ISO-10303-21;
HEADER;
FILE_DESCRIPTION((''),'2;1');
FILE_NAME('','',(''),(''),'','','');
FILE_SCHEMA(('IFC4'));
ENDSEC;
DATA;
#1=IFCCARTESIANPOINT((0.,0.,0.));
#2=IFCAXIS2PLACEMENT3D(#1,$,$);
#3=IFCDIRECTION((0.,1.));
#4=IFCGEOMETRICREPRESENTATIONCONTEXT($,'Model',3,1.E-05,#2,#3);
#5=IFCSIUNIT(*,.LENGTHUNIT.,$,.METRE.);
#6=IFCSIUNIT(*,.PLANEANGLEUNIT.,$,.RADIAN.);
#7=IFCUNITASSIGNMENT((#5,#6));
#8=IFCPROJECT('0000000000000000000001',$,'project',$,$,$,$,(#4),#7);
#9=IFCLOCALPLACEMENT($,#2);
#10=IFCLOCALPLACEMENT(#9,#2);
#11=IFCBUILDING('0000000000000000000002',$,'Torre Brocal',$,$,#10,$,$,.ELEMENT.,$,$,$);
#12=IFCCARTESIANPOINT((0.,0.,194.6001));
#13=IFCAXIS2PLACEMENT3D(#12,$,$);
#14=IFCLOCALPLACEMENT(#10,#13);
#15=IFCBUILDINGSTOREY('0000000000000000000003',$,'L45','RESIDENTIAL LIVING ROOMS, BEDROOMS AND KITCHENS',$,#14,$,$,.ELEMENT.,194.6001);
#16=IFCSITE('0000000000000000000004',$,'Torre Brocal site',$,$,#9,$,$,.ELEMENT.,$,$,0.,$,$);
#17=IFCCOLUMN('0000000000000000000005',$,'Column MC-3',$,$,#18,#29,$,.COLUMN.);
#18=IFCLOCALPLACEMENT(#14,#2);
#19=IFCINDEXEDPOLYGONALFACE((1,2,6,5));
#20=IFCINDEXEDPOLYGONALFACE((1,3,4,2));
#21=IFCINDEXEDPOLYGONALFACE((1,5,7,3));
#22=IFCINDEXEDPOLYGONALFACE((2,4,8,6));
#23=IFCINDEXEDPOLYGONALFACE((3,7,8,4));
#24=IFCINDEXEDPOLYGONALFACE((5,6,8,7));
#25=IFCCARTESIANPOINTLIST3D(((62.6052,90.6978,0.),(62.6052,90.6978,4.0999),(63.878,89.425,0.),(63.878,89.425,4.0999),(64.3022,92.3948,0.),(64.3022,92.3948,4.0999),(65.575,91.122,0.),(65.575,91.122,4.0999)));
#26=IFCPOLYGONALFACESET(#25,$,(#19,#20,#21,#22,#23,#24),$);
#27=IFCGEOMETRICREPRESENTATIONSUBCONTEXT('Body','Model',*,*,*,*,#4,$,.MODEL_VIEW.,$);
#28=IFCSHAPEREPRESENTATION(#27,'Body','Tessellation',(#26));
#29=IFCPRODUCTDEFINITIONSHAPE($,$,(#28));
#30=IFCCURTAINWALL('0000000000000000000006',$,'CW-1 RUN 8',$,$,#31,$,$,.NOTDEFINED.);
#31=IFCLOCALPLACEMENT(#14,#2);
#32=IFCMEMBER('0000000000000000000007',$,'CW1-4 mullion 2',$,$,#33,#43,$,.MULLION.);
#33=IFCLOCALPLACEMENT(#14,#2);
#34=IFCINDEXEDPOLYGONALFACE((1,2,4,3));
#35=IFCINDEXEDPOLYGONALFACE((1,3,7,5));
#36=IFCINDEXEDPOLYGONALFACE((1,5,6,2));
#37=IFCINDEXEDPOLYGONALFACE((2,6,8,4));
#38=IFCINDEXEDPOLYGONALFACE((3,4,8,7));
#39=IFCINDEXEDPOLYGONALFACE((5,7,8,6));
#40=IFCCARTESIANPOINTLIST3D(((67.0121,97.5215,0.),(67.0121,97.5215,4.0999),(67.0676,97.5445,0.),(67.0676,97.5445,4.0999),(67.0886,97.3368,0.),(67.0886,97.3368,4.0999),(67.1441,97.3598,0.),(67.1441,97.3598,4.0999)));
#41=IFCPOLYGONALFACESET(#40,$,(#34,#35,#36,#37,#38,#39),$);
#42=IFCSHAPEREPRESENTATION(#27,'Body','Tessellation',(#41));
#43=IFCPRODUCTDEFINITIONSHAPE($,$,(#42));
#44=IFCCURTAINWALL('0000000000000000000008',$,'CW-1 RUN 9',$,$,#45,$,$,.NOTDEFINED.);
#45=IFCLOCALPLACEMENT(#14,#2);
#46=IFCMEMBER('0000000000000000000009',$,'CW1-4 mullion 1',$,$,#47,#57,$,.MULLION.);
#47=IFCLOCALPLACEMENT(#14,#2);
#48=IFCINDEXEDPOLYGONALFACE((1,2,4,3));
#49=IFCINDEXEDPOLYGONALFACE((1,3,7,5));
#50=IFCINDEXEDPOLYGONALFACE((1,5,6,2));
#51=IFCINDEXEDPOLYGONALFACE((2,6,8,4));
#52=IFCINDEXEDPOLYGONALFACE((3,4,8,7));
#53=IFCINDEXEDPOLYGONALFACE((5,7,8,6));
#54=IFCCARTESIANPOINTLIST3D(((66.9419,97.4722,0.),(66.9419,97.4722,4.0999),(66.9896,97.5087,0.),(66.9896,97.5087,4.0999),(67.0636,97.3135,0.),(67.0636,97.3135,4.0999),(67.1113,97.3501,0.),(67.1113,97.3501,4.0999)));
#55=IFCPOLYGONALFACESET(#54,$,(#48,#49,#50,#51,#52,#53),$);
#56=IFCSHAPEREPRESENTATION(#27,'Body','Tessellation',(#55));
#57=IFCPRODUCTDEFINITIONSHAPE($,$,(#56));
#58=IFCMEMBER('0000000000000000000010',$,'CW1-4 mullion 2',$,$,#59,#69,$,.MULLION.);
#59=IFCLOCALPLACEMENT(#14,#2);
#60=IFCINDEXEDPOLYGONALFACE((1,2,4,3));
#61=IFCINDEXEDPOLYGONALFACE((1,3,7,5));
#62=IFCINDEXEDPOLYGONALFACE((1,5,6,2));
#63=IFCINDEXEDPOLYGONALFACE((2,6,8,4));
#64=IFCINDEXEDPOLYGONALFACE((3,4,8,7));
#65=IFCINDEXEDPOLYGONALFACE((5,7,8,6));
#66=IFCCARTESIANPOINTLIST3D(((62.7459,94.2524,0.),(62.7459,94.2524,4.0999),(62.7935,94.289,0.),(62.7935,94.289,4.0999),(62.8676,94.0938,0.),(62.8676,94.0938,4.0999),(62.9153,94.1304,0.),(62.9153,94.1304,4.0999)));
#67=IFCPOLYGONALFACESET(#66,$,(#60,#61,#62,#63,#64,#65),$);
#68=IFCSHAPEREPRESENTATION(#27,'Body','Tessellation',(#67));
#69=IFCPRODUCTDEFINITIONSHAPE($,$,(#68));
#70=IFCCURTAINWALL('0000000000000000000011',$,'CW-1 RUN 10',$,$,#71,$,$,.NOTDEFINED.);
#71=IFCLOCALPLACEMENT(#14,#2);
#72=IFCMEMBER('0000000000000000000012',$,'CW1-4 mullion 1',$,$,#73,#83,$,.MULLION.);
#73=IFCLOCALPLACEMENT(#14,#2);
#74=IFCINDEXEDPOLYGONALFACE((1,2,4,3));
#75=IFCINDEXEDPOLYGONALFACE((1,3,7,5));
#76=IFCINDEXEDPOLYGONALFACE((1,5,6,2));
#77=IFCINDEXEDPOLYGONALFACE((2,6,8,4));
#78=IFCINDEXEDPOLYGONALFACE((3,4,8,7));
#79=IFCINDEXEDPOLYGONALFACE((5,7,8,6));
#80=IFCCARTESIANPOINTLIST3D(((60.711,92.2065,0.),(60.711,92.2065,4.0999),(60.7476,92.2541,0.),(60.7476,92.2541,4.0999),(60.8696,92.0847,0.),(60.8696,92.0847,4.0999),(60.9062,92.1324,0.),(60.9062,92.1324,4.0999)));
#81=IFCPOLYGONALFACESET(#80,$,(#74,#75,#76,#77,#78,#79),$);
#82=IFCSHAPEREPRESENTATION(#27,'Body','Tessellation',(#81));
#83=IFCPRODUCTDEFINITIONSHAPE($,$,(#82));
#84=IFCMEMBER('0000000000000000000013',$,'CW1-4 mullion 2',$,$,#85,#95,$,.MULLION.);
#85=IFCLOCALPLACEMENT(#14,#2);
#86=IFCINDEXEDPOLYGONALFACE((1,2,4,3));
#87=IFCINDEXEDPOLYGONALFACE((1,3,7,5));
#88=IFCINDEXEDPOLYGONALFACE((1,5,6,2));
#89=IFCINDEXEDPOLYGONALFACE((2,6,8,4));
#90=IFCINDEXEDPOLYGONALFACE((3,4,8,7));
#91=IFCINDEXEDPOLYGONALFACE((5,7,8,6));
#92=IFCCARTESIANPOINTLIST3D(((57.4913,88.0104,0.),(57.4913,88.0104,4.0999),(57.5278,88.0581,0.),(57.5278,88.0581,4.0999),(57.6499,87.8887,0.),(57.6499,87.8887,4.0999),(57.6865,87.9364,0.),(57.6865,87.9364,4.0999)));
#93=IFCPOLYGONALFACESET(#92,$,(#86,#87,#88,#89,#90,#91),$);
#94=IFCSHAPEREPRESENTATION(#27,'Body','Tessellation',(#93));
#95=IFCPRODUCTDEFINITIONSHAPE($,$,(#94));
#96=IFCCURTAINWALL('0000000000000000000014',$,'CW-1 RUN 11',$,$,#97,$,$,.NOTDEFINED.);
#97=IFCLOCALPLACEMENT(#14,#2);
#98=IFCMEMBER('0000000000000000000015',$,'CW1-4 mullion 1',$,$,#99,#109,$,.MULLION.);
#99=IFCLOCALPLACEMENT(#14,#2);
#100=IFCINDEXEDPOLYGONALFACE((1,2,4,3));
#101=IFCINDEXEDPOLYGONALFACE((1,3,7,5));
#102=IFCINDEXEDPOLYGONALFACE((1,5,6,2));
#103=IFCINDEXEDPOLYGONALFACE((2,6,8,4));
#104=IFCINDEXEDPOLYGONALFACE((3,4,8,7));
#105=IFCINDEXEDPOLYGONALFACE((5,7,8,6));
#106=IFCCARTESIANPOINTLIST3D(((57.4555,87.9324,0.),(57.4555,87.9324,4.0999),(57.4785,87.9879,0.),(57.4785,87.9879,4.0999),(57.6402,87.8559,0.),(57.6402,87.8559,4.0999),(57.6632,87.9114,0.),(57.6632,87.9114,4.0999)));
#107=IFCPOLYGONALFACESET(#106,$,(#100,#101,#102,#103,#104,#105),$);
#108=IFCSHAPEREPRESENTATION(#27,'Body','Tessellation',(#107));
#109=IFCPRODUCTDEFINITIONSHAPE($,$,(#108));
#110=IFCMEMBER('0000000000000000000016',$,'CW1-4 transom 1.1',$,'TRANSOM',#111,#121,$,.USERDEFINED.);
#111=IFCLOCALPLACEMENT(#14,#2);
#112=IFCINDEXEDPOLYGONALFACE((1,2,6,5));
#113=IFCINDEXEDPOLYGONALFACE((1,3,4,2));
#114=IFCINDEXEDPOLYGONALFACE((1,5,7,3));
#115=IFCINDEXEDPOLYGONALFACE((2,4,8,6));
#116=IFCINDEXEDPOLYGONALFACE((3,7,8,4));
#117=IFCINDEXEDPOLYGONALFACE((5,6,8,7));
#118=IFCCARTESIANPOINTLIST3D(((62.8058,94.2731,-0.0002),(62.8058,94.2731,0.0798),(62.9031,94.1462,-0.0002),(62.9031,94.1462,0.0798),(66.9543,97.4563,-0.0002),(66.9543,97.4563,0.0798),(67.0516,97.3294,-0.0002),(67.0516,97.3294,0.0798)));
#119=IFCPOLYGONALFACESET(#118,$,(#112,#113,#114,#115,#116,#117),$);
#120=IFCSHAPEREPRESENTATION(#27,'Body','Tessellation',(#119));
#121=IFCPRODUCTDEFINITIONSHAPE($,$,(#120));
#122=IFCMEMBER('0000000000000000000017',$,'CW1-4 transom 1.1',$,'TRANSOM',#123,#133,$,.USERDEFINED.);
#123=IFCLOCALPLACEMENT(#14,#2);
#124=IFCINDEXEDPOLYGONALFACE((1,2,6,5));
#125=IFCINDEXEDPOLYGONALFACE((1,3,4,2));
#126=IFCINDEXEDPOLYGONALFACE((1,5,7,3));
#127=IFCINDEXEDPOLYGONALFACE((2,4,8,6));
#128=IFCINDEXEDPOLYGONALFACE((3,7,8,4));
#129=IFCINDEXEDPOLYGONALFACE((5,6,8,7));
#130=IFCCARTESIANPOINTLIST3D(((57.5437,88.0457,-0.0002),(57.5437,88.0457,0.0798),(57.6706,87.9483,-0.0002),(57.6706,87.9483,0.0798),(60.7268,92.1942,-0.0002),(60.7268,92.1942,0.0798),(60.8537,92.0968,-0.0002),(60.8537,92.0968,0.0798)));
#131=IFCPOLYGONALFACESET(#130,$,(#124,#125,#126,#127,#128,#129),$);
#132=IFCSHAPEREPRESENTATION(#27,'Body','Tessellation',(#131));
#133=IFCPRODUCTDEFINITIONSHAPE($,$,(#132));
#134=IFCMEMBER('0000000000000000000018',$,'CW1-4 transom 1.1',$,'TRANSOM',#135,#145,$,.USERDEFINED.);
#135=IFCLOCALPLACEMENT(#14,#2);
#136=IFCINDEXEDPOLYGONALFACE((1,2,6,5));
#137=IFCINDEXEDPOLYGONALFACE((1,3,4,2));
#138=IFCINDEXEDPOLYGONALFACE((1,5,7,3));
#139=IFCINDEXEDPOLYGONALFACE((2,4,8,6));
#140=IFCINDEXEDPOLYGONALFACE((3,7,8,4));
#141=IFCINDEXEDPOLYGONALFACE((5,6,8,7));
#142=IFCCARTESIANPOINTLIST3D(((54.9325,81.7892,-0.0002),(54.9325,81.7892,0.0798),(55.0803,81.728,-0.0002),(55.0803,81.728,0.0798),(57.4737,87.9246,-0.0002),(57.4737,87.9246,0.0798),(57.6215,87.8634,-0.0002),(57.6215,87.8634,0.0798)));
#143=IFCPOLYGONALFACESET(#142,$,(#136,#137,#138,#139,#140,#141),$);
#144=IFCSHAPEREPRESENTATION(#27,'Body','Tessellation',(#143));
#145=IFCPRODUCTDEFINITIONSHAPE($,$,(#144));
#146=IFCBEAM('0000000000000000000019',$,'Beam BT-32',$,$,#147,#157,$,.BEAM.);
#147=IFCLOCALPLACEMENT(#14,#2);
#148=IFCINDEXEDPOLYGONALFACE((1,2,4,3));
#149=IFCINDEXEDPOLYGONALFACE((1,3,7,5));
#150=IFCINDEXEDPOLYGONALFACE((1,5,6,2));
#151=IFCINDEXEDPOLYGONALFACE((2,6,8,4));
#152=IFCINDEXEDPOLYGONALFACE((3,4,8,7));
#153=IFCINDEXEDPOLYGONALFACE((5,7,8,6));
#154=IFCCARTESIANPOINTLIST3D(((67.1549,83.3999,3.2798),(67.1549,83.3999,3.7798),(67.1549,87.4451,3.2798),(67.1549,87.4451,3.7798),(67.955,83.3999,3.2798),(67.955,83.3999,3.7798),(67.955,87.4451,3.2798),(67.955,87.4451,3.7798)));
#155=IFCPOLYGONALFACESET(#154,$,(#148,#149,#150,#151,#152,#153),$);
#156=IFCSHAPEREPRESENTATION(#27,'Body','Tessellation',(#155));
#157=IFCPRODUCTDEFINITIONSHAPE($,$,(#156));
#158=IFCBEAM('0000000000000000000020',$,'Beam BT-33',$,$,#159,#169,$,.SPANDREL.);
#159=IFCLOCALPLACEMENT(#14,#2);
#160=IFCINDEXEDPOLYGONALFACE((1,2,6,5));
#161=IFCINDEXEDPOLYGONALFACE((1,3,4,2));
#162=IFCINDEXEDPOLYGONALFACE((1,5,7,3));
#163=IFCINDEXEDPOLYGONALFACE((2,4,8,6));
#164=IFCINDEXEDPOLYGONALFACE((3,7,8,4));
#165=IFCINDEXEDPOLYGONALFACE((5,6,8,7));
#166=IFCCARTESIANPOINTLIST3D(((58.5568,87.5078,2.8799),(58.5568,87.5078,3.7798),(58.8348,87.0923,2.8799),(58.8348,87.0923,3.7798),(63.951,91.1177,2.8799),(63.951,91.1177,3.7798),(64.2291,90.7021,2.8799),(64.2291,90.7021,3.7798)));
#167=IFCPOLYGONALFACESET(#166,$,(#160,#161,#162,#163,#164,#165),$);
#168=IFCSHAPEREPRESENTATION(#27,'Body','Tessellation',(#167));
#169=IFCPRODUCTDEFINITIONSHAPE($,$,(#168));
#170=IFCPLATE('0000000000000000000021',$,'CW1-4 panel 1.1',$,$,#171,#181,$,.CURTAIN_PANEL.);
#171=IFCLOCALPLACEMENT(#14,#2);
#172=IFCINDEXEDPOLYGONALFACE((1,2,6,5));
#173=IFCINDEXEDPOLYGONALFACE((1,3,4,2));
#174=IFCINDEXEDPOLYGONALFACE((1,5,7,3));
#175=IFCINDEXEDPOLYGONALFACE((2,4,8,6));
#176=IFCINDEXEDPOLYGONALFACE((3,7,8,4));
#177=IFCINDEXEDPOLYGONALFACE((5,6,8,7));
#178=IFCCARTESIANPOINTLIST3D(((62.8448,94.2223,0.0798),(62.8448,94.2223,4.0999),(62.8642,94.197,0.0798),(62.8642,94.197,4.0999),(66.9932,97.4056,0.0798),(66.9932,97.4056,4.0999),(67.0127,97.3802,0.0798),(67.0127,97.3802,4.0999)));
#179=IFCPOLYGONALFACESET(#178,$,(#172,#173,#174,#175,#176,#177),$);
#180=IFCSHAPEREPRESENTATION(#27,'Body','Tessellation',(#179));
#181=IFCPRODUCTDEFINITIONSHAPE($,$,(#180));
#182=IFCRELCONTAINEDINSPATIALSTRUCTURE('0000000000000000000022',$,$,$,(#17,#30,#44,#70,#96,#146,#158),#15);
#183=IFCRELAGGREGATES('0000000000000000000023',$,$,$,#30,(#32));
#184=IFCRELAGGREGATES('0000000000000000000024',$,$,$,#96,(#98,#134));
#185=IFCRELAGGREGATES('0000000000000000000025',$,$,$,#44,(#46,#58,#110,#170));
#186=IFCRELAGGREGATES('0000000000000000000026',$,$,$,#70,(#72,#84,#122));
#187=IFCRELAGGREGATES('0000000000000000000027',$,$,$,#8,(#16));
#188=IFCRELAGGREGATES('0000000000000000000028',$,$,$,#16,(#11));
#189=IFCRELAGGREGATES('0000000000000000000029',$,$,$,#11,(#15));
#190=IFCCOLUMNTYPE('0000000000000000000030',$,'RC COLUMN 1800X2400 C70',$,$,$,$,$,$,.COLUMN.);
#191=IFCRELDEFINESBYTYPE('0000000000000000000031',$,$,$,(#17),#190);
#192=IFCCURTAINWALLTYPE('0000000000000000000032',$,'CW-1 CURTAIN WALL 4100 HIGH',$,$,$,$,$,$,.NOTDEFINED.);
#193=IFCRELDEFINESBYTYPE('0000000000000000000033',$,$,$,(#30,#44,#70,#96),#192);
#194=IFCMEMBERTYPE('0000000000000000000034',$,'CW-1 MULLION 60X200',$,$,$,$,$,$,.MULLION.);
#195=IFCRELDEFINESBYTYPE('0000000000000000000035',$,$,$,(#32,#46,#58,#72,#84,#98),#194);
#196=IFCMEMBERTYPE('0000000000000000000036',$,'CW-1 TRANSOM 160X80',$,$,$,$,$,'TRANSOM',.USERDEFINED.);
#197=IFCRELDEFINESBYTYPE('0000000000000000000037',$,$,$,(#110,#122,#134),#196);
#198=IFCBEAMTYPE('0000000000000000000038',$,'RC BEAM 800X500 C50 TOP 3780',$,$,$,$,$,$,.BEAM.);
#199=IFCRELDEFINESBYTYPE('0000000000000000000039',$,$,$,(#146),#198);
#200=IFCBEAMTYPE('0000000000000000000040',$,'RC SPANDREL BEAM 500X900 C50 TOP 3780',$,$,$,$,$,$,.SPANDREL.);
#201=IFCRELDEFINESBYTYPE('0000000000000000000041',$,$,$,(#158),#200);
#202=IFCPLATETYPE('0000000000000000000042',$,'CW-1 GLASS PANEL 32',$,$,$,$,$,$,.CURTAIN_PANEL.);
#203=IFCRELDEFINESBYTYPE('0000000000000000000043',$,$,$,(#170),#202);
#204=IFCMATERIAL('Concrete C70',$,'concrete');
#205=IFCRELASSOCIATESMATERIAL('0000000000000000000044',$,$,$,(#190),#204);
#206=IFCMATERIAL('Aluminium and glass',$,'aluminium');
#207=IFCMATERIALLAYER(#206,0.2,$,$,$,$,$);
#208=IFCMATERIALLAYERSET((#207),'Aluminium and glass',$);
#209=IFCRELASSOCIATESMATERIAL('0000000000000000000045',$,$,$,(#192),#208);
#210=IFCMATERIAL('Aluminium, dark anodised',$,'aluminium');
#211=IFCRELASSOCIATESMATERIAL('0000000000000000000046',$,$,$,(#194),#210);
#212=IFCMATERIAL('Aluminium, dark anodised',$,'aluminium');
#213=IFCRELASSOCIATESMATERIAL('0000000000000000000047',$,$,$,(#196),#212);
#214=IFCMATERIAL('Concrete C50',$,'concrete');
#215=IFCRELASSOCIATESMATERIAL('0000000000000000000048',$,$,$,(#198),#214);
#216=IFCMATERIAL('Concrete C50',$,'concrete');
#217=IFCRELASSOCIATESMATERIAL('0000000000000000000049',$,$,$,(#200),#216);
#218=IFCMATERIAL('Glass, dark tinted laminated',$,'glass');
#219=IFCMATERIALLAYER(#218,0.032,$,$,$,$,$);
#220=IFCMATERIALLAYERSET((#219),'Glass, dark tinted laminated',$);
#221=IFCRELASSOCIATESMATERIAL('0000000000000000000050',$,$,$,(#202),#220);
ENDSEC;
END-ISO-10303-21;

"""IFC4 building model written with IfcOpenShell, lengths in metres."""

from ifc_helpers import new_model, si_unit, direction, frame, origin, origin_2d, place, context, subcontext, project, spatial, rectangle, extrude, material, layer, layer_set, material_profile, profile_set, type_object, element, aggregate, save


model = new_model("IFC4")

# Units and contexts
model_context = context("Model", 3, precision=1e-05, world=origin(), true_north=direction((0.0, 1.0)))
body_context = subcontext(model_context, "Body", "Model", "MODEL_VIEW")
ifc_project = project(units=[si_unit("LENGTHUNIT", "METRE"), si_unit("PLANEANGLEUNIT", "RADIAN")], contexts=[model_context])

# Site, building, storey
site_placement = place(None, origin())
site = spatial("IfcSite", under=ifc_project, at=site_placement, Name="Torre Brocal site", CompositionType="ELEMENT", RefElevation=0.0)
building_placement = place(site_placement, origin())
building = spatial("IfcBuilding", under=site, at=building_placement, Name="Torre Brocal", CompositionType="ELEMENT")
storey_placement = place(building_placement, frame((0.0, 0.0, 194.6001)))
storey = spatial("IfcBuildingStorey", under=building, at=storey_placement, Name="L45", Description="RESIDENTIAL LIVING ROOMS, BEDROOMS AND KITCHENS", CompositionType="ELEMENT", Elevation=194.6001)

# Column
ifc_material_1 = material(Name="Concrete C70", Category="concrete")
ifc_material_profile_1 = material_profile(ifc_material_1, rectangle(XDim=1.8, YDim=2.3999, at=origin_2d()), Name="RC 1800X2400")
ifc_profile_set_1 = profile_set([ifc_material_profile_1], Name="Concrete C70")
column_type = type_object("IfcColumnType", Name="RC COLUMN 1800X2400 C70", PredefinedType="COLUMN", material=ifc_profile_set_1)
column_placement = place(storey_placement, frame((64.0901, 90.9099, 0.0), z_axis=(0.0, 0.0, 1.0), x_axis=(-0.707107, 0.707107, 0.0)))
element("IfcColumn", 1, at=column_placement, inside=storey, type_object=column_type, Name="Column MC-3", PredefinedType="COLUMN", context=body_context, shape_type="SweptSolid", body=[
    extrude(rectangle(XDim=1.8, YDim=2.3999, at=origin_2d()), origin(), (0.0, 0.0, 1.0), 4.0999),
])

# Curtain wall, member
ifc_material_2 = material(Name="Aluminium and glass", Category="aluminium")
ifc_layer_1 = layer(ifc_material_2, 0.2)
ifc_layer_set_1 = layer_set([ifc_layer_1], Name="Aluminium and glass")
curtain_wall_type = type_object("IfcCurtainWallType", Name="CW-1 CURTAIN WALL 4100 HIGH", PredefinedType="NOTDEFINED", material=ifc_layer_set_1)
curtain_wall_1_placement = place(storey_placement, origin())
curtain_wall_1 = element("IfcCurtainWall", 2, at=curtain_wall_1_placement, inside=storey, type_object=curtain_wall_type, Name="CW-1 RUN 8", PredefinedType="NOTDEFINED")
ifc_material_3 = material(Name="Aluminium, dark anodised", Category="aluminium")
ifc_material_profile_2 = material_profile(ifc_material_3, rectangle(XDim=0.2, YDim=0.0601, at=origin_2d()), Name="CW-1 MULLION 60X200")
ifc_profile_set_2 = profile_set([ifc_material_profile_2], Name="Aluminium, dark anodised")
member_type_1 = type_object("IfcMemberType", Name="CW-1 MULLION 60X200", PredefinedType="MULLION", material=ifc_profile_set_2)
member_1_placement = place(storey_placement, frame((67.0781, 97.4407, 0.0), z_axis=(0.0, 0.0, 1.0), x_axis=(0.382683, -0.92388, 0.0)))
member_1 = element("IfcMember", 3, at=member_1_placement, type_object=member_type_1, Name="CW1-4 mullion 2", PredefinedType="MULLION", context=body_context, shape_type="SweptSolid", body=[
    extrude(rectangle(XDim=0.2, YDim=0.0601, at=origin_2d()), origin(), (0.0, 0.0, 1.0), 4.0999),
])
aggregate(curtain_wall_1, [member_1])

# Curtain walls, members
curtain_wall_2_placement = place(storey_placement, origin())
curtain_wall_2 = element("IfcCurtainWall", 4, at=curtain_wall_2_placement, inside=storey, type_object=curtain_wall_type, Name="CW-1 RUN 9", PredefinedType="NOTDEFINED")
member_2_placement = place(storey_placement, frame((67.0266, 97.4111, 0.0), z_axis=(0.0, 0.0, 1.0), x_axis=(0.608761, -0.793353, 0.0)))
member_2 = element("IfcMember", 5, at=member_2_placement, type_object=member_type_1, Name="CW1-4 mullion 1", PredefinedType="MULLION", context=body_context, shape_type="SweptSolid", body=[
    extrude(rectangle(XDim=0.2, YDim=0.0601, at=origin_2d()), origin(), (0.0, 0.0, 1.0), 4.0999),
])
member_3_placement = place(storey_placement, frame((62.8306, 94.1914, 0.0), z_axis=(0.0, 0.0, 1.0), x_axis=(0.608761, -0.793353, 0.0)))
member_3 = element("IfcMember", 6, at=member_3_placement, type_object=member_type_1, Name="CW1-4 mullion 2", PredefinedType="MULLION", context=body_context, shape_type="SweptSolid", body=[
    extrude(rectangle(XDim=0.2, YDim=0.0601, at=origin_2d()), origin(), (0.0, 0.0, 1.0), 4.0999),
])
curtain_wall_3_placement = place(storey_placement, origin())
curtain_wall_3 = element("IfcCurtainWall", 7, at=curtain_wall_3_placement, inside=storey, type_object=curtain_wall_type, Name="CW-1 RUN 10", PredefinedType="NOTDEFINED")
member_4_placement = place(storey_placement, frame((60.8086, 92.1694, 0.0), z_axis=(0.0, 0.0, 1.0), x_axis=(0.793353, -0.608761, 0.0)))
member_4 = element("IfcMember", 8, at=member_4_placement, type_object=member_type_1, Name="CW1-4 mullion 1", PredefinedType="MULLION", context=body_context, shape_type="SweptSolid", body=[
    extrude(rectangle(XDim=0.2, YDim=0.0601, at=origin_2d()), origin(), (0.0, 0.0, 1.0), 4.0999),
])
member_5_placement = place(storey_placement, frame((57.5889, 87.9734, 0.0), z_axis=(0.0, 0.0, 1.0), x_axis=(0.793353, -0.608761, 0.0)))
member_5 = element("IfcMember", 9, at=member_5_placement, type_object=member_type_1, Name="CW1-4 mullion 2", PredefinedType="MULLION", context=body_context, shape_type="SweptSolid", body=[
    extrude(rectangle(XDim=0.2, YDim=0.0601, at=origin_2d()), origin(), (0.0, 0.0, 1.0), 4.0999),
])

# Curtain wall, member
curtain_wall_4_placement = place(storey_placement, origin())
curtain_wall_4 = element("IfcCurtainWall", 10, at=curtain_wall_4_placement, inside=storey, type_object=curtain_wall_type, Name="CW-1 RUN 11", PredefinedType="NOTDEFINED")
member_6_placement = place(storey_placement, frame((57.5593, 87.9219, 0.0), z_axis=(0.0, 0.0, 1.0), x_axis=(0.92388, -0.382683, 0.0)))
member_6 = element("IfcMember", 11, at=member_6_placement, type_object=member_type_1, Name="CW1-4 mullion 1", PredefinedType="MULLION", context=body_context, shape_type="SweptSolid", body=[
    extrude(rectangle(XDim=0.2, YDim=0.0601, at=origin_2d()), origin(), (0.0, 0.0, 1.0), 4.0999),
])

# Members
ifc_material_4 = material(Name="Aluminium, dark anodised", Category="aluminium")
ifc_material_profile_3 = material_profile(ifc_material_4, rectangle(XDim=0.1599, YDim=0.0801, at=origin_2d()), Name="CW-1 TRANSOM 160X80")
ifc_profile_set_3 = profile_set([ifc_material_profile_3], Name="Aluminium, dark anodised")
member_type_2 = type_object("IfcMemberType", Name="CW-1 TRANSOM 160X80", ElementType="TRANSOM", PredefinedType="USERDEFINED", material=ifc_profile_set_3)
member_7_placement = place(storey_placement, frame((67.0029, 97.3928, 0.0398), z_axis=(-0.793363, -0.608749, 0.0), x_axis=(0.608749, -0.793363, 0.0)))
member_7 = element("IfcMember", 12, at=member_7_placement, type_object=member_type_2, Name="CW1-4 transom 1.1", ObjectType="TRANSOM", PredefinedType="USERDEFINED", context=body_context, shape_type="SweptSolid", body=[
    extrude(rectangle(XDim=0.1599, YDim=0.0801, at=origin_2d()), origin(), (0.0, 0.0, 1.0), 5.229),
])
member_8_placement = place(storey_placement, frame((60.7903, 92.1455, 0.0398), z_axis=(-0.608749, -0.793363, 0.0), x_axis=(0.793363, -0.608749, 0.0)))
member_8 = element("IfcMember", 13, at=member_8_placement, type_object=member_type_2, Name="CW1-4 transom 1.1", ObjectType="TRANSOM", PredefinedType="USERDEFINED", context=body_context, shape_type="SweptSolid", body=[
    extrude(rectangle(XDim=0.1599, YDim=0.0801, at=origin_2d()), origin(), (0.0, 0.0, 1.0), 5.229),
])
member_9_placement = place(storey_placement, frame((57.5476, 87.894, 0.0398), z_axis=(-0.382665, -0.923887, 0.0), x_axis=(0.923887, -0.382665, 0.0)))
member_9 = element("IfcMember", 14, at=member_9_placement, type_object=member_type_2, Name="CW1-4 transom 1.1", ObjectType="TRANSOM", PredefinedType="USERDEFINED", context=body_context, shape_type="SweptSolid", body=[
    extrude(rectangle(XDim=0.1599, YDim=0.0801, at=origin_2d()), origin(), (0.0, 0.0, 1.0), 6.6409),
])
aggregate(curtain_wall_4, [member_6, member_9])

# Beams
ifc_material_5 = material(Name="Concrete C50", Category="concrete")
ifc_material_profile_4 = material_profile(ifc_material_5, rectangle(XDim=0.8, YDim=0.5, at=origin_2d()), Name="RC 800X500")
ifc_profile_set_4 = profile_set([ifc_material_profile_4], Name="Concrete C50")
beam_type_1 = type_object("IfcBeamType", Name="RC BEAM 800X500 C50 TOP 3780", PredefinedType="BEAM", material=ifc_profile_set_4)
beam_1_placement = place(storey_placement, frame((67.5549, 87.4451, 3.5298), z_axis=(0.0, -1.0, 0.0), x_axis=(1.0, 0.0, 0.0)))
element("IfcBeam", 15, at=beam_1_placement, inside=storey, type_object=beam_type_1, Name="Beam BT-32", PredefinedType="BEAM", context=body_context, shape_type="SweptSolid", body=[
    extrude(rectangle(XDim=0.8, YDim=0.5, at=origin_2d()), origin(), (0.0, 0.0, 1.0), 4.0452),
])
ifc_material_6 = material(Name="Concrete C50", Category="concrete")
ifc_material_profile_5 = material_profile(ifc_material_6, rectangle(XDim=0.5, YDim=0.8999, at=origin_2d()), Name="RC 500X900")
ifc_profile_set_5 = profile_set([ifc_material_profile_5], Name="Concrete C50")
beam_type_2 = type_object("IfcBeamType", Name="RC SPANDREL BEAM 500X900 C50 TOP 3780", PredefinedType="SPANDREL", material=ifc_profile_set_5)
beam_2_placement = place(storey_placement, frame((64.0901, 90.9099, 3.3298), z_axis=(-0.831077, -0.556158, 0.0), x_axis=(0.556158, -0.831077, 0.0)))
element("IfcBeam", 16, at=beam_2_placement, inside=storey, type_object=beam_type_2, Name="Beam BT-33", PredefinedType="SPANDREL", context=body_context, shape_type="SweptSolid", body=[
    extrude(rectangle(XDim=0.5, YDim=0.8999, at=origin_2d()), origin(), (0.0, 0.0, 1.0), 6.4907),
])

# Plate
ifc_material_7 = material(Name="Glass, dark tinted laminated", Category="glass")
ifc_layer_2 = layer(ifc_material_7, 0.032)
ifc_layer_set_2 = layer_set([ifc_layer_2], Name="Glass, dark tinted laminated")
plate_type = type_object("IfcPlateType", Name="CW-1 GLASS PANEL 32", PredefinedType="CURTAIN_PANEL", material=ifc_layer_set_2)
plate_1_placement = place(storey_placement, frame((64.9287, 95.8013, 0.0798), z_axis=(0.0, 0.0, 1.0), x_axis=(-0.793353, -0.608761, 0.0)))
plate_1 = element("IfcPlate", 17, at=plate_1_placement, type_object=plate_type, Name="CW1-4 panel 1.1", PredefinedType="CURTAIN_PANEL", context=body_context, shape_type="SweptSolid", body=[
    extrude(rectangle(XDim=5.229, YDim=0.032, at=origin_2d()), origin(), (0.0, 0.0, 1.0), 4.02),
])
aggregate(curtain_wall_2, [member_2, member_3, member_7, plate_1])
aggregate(curtain_wall_3, [member_4, member_5, member_8])

save(model, "model.ifc")
